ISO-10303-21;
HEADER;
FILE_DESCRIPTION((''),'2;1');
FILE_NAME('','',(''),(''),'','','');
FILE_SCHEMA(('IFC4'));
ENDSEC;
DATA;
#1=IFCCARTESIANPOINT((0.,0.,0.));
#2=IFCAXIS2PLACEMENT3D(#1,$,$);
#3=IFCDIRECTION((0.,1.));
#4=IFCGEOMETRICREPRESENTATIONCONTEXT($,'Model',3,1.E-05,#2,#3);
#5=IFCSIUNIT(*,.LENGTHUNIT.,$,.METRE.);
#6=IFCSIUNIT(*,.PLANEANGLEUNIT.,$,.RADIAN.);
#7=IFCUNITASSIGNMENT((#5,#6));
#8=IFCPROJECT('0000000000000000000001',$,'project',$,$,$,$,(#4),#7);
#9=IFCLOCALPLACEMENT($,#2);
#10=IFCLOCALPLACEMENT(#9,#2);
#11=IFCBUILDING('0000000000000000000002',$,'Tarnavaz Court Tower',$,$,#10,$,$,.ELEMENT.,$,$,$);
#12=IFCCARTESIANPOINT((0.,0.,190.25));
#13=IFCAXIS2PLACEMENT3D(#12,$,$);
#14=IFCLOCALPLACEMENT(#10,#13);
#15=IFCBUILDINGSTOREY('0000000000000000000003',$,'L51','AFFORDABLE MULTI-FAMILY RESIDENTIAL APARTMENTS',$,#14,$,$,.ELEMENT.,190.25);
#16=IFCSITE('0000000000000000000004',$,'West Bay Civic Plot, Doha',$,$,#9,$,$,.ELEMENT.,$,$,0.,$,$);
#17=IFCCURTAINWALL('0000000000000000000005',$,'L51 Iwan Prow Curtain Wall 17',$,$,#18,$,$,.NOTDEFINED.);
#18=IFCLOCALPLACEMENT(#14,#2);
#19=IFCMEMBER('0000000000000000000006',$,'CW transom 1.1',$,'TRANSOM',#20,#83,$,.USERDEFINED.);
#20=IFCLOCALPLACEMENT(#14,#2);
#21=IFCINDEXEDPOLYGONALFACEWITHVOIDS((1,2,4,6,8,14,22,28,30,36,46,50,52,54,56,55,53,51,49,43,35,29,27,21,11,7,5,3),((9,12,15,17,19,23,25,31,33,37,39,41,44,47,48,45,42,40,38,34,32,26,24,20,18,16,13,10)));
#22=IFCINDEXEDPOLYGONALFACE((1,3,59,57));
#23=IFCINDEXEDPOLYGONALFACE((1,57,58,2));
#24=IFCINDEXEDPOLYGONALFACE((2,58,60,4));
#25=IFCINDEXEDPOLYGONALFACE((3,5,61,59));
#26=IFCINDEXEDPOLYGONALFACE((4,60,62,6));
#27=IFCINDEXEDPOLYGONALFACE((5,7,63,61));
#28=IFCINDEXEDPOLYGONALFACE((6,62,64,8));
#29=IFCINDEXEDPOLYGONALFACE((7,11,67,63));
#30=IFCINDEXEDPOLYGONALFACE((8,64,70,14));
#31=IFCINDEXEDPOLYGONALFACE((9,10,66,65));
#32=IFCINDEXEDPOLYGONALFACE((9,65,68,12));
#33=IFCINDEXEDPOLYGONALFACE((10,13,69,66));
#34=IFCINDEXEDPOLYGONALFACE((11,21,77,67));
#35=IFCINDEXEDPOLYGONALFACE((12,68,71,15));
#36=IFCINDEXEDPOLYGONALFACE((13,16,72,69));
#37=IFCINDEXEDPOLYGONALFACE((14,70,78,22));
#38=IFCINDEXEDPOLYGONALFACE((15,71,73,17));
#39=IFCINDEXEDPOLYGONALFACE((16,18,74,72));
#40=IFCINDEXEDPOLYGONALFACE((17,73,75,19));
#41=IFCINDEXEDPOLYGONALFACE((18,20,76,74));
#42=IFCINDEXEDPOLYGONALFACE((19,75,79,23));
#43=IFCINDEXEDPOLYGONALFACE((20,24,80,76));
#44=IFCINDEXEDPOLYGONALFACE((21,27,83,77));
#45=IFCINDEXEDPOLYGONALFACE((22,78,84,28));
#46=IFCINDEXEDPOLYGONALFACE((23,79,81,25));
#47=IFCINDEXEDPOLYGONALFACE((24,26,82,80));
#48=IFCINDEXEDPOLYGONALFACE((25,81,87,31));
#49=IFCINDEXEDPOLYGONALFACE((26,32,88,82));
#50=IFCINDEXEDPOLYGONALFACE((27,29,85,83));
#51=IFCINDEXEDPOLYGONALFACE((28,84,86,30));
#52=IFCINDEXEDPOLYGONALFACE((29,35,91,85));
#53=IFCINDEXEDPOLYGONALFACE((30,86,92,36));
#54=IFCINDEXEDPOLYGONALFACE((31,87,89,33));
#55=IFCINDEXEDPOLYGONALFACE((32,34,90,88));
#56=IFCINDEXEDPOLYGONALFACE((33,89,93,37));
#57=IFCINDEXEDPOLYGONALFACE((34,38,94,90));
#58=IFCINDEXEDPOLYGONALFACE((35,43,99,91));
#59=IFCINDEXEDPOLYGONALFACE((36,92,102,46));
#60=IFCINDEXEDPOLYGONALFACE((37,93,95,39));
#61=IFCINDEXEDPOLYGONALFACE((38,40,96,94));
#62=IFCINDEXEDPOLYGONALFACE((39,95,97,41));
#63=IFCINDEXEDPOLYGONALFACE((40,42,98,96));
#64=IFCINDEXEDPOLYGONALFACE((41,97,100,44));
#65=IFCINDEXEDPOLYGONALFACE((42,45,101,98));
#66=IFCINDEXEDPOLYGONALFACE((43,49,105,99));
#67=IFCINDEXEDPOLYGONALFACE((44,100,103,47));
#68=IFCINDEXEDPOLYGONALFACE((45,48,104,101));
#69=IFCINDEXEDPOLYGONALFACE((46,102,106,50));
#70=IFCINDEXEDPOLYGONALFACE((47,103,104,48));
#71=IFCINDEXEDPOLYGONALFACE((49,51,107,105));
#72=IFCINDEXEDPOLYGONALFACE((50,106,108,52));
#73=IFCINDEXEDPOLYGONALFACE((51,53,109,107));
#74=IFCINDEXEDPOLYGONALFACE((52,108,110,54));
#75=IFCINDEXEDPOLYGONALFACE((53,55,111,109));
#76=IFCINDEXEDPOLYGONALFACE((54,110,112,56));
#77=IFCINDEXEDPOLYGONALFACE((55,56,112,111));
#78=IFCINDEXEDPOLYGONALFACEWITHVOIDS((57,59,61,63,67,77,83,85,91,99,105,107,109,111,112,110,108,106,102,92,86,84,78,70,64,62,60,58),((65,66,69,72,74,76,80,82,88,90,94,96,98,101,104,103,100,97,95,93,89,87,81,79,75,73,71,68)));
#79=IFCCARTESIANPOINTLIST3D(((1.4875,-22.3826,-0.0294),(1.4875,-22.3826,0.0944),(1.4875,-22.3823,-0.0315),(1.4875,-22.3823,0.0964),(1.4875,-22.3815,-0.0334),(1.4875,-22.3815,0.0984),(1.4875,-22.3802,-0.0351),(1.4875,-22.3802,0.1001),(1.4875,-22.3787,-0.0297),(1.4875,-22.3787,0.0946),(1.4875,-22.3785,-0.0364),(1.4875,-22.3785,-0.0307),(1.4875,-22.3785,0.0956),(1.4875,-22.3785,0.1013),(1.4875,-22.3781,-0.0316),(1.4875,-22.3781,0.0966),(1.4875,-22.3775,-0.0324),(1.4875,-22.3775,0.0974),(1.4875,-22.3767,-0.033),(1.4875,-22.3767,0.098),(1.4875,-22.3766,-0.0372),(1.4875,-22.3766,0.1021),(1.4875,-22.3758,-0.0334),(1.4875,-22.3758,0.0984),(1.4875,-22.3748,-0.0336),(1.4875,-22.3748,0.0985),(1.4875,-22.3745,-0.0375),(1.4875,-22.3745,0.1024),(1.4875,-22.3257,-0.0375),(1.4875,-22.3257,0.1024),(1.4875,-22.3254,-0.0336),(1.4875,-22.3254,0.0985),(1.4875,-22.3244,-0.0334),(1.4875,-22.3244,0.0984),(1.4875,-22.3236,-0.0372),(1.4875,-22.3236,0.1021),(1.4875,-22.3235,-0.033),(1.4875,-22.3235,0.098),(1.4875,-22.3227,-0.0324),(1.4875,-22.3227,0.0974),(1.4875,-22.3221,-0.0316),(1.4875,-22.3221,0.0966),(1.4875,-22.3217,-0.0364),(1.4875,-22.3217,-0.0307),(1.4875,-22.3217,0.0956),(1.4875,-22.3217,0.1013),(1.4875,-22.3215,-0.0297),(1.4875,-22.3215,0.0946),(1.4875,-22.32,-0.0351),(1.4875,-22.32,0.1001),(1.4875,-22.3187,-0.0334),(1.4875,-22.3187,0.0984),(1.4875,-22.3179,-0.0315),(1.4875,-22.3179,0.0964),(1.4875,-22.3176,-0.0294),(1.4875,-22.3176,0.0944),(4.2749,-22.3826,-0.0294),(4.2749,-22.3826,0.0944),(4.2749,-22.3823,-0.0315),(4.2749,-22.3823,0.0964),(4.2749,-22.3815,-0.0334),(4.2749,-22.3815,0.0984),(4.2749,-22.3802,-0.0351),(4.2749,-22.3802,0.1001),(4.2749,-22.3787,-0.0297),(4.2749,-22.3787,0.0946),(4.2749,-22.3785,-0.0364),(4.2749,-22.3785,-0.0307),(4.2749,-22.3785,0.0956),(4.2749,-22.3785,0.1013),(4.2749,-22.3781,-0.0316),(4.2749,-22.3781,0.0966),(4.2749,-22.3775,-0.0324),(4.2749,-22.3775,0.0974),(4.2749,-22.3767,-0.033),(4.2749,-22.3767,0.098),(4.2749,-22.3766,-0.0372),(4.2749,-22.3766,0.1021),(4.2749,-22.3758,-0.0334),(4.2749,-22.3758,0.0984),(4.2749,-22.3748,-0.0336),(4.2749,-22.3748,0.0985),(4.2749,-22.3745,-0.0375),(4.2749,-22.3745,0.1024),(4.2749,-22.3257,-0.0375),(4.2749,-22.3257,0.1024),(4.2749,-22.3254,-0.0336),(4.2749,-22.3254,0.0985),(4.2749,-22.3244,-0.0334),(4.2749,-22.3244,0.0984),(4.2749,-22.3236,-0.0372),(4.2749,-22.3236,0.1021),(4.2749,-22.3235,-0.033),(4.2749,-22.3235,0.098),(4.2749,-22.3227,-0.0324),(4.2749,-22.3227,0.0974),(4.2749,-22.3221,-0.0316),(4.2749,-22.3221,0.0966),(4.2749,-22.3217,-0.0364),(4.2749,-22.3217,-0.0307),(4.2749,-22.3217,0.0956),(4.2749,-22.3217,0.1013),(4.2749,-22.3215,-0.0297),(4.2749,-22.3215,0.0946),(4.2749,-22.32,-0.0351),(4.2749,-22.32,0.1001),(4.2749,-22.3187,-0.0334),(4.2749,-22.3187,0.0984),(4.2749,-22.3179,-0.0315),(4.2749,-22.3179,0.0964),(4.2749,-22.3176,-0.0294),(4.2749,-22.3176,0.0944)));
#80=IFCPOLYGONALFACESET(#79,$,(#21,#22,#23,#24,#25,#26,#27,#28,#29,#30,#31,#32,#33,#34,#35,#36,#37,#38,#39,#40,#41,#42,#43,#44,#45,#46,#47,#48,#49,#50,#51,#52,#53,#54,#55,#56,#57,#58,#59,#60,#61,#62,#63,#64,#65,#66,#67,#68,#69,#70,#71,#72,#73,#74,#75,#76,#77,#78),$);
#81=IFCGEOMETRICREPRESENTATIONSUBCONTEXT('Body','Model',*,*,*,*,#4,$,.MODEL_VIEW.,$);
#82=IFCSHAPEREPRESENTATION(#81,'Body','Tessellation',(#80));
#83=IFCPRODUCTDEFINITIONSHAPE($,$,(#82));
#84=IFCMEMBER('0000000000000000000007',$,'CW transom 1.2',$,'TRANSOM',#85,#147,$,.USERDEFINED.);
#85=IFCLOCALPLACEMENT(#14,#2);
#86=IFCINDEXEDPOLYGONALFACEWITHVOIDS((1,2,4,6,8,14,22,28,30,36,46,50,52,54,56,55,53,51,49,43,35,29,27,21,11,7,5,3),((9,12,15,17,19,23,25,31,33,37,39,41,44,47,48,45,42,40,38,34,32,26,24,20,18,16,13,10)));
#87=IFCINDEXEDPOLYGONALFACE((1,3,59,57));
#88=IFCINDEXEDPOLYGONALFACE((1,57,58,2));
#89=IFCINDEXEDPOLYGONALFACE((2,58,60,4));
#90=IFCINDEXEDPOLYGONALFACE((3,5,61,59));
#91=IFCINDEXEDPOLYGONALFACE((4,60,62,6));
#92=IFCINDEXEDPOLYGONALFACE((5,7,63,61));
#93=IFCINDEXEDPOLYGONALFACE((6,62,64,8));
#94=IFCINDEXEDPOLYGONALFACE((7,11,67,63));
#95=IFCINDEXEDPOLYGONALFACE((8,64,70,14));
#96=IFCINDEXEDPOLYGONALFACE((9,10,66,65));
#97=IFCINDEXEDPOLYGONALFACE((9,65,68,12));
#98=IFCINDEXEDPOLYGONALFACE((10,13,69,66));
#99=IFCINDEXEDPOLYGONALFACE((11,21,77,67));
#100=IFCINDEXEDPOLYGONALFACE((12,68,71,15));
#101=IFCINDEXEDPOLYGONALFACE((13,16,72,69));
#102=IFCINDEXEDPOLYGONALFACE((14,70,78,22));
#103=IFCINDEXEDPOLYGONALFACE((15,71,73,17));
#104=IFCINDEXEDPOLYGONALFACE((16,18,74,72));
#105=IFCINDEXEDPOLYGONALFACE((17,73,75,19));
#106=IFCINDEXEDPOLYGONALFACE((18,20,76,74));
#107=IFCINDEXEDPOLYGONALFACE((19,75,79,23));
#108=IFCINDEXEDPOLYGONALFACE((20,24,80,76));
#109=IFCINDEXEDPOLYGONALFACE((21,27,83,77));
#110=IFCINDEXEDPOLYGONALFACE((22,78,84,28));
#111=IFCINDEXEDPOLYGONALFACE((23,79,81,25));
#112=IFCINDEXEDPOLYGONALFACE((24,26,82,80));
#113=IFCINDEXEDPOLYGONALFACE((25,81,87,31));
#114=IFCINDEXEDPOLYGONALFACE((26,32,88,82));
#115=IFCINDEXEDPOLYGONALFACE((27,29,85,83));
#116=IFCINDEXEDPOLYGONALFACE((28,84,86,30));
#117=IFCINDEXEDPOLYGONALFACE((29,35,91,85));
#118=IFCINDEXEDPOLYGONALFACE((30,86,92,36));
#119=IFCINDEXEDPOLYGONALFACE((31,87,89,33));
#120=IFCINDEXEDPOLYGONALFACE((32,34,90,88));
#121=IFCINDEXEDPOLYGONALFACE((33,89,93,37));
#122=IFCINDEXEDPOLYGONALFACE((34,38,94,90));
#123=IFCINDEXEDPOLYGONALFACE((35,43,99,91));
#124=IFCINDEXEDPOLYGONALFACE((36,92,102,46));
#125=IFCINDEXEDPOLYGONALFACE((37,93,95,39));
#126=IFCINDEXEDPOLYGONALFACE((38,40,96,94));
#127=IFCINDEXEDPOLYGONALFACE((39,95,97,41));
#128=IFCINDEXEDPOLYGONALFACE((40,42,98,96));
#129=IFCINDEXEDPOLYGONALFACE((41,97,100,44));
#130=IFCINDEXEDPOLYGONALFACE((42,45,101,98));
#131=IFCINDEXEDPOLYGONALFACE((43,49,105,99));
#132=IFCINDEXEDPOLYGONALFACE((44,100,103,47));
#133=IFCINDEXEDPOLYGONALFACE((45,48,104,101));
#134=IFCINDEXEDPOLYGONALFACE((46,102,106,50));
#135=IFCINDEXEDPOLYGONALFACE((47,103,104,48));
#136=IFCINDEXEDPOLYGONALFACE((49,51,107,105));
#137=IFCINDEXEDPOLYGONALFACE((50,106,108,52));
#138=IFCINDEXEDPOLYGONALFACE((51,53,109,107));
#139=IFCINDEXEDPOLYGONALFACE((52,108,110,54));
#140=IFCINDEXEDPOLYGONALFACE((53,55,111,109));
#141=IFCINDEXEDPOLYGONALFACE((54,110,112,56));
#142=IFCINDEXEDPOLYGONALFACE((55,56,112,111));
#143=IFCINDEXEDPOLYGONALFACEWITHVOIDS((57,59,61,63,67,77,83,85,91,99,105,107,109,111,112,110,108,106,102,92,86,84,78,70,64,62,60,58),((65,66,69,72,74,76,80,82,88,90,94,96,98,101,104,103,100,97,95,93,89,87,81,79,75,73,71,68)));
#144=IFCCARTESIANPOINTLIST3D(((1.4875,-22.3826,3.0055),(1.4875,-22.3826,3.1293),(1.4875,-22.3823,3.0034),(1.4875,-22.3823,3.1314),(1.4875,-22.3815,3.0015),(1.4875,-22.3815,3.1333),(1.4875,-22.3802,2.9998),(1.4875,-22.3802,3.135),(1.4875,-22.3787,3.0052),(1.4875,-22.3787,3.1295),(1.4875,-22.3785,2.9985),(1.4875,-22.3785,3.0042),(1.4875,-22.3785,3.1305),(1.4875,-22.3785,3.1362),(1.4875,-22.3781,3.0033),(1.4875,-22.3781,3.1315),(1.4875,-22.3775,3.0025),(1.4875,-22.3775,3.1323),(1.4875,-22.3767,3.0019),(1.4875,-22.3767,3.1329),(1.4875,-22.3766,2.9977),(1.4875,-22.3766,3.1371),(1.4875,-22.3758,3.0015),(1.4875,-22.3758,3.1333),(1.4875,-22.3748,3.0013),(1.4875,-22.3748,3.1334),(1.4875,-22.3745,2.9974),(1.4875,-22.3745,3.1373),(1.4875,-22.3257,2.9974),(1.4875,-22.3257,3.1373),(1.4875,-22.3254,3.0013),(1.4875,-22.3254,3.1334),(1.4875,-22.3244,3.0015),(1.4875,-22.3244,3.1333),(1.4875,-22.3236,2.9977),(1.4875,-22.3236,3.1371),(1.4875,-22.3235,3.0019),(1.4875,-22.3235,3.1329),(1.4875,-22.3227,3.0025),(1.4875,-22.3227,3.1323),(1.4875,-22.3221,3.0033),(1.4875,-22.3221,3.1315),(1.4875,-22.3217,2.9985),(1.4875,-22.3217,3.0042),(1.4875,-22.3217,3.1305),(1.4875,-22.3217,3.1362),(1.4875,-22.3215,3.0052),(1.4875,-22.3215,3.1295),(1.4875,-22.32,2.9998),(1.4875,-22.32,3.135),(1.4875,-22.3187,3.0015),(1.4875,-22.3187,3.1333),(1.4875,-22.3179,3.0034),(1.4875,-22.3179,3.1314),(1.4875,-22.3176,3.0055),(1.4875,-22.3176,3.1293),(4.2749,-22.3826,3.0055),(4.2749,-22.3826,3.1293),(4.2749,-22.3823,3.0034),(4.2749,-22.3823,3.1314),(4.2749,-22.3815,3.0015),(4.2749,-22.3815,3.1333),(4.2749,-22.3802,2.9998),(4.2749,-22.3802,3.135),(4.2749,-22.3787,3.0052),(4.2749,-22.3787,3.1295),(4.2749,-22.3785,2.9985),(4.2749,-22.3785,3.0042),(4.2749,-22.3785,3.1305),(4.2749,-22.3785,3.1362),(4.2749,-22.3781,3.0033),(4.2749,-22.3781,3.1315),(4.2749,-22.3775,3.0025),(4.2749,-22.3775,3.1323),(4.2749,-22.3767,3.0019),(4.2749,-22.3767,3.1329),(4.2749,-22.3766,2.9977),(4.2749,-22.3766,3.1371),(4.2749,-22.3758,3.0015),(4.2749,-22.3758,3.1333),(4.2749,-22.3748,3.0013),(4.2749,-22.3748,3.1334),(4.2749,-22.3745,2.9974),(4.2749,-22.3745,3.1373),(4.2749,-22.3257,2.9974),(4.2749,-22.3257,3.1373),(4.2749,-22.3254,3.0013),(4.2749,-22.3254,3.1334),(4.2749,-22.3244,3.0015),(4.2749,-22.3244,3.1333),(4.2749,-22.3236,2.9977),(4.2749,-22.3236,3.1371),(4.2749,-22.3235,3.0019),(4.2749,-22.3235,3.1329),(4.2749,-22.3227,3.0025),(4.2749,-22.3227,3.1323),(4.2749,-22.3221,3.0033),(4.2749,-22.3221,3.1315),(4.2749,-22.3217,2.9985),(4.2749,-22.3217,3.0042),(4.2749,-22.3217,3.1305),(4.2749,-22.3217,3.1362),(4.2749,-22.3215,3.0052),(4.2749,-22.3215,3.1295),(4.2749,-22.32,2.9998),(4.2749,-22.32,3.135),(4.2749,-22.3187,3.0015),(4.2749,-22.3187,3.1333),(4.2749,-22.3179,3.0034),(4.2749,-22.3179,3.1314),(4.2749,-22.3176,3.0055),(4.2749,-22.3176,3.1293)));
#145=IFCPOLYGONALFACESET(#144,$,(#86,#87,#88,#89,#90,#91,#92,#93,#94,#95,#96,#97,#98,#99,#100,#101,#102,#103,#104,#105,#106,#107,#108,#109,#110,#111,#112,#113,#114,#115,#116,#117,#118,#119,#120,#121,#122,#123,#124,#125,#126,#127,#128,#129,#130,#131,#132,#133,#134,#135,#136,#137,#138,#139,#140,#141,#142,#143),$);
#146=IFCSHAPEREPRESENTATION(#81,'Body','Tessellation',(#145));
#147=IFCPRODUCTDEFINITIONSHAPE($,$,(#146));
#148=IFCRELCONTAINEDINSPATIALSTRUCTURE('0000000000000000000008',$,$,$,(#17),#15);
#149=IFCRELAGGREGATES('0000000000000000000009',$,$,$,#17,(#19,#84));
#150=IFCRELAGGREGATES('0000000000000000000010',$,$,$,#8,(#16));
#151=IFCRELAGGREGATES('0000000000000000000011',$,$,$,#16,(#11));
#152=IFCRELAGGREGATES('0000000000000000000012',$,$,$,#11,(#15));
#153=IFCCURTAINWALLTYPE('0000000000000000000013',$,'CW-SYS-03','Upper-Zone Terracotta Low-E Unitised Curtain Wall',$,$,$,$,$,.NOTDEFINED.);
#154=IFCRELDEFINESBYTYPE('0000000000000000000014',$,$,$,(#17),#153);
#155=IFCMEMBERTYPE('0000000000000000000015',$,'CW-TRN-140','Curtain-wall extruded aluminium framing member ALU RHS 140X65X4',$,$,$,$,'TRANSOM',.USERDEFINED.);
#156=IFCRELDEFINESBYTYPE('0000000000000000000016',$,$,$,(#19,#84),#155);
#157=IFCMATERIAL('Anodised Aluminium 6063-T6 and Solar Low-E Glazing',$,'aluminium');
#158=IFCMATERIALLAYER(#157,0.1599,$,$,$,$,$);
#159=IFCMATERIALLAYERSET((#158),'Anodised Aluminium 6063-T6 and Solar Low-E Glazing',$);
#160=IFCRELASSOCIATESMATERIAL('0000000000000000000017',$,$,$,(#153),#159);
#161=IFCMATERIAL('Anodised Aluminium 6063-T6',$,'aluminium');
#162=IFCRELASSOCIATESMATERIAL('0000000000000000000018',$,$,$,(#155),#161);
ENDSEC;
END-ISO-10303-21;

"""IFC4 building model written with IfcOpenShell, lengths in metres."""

from ifc_helpers import new_model, si_unit, direction, frame, origin, origin_2d, place, context, subcontext, project, spatial, hollow_rectangle, extrude, material, layer, layer_set, material_profile, profile_set, type_object, element, aggregate, save


model = new_model("IFC4")

# Units and contexts
model_context = context("Model", 3, precision=1e-05, world=origin(), true_north=direction((0.0, 1.0)))
body_context = subcontext(model_context, "Body", "Model", "MODEL_VIEW")
ifc_project = project(units=[si_unit("LENGTHUNIT", "METRE"), si_unit("PLANEANGLEUNIT", "RADIAN")], contexts=[model_context])

# Site, building, storey
site_placement = place(None, origin())
site = spatial("IfcSite", under=ifc_project, at=site_placement, Name="West Bay Civic Plot, Doha", CompositionType="ELEMENT", RefElevation=0.0)
building_placement = place(site_placement, origin())
building = spatial("IfcBuilding", under=site, at=building_placement, Name="Tarnavaz Court Tower", CompositionType="ELEMENT")
storey_placement = place(building_placement, frame((0.0, 0.0, 190.25)))
storey = spatial("IfcBuildingStorey", under=building, at=storey_placement, Name="L51", Description="AFFORDABLE MULTI-FAMILY RESIDENTIAL APARTMENTS", CompositionType="ELEMENT", Elevation=190.25)

# Curtain wall, members
ifc_material_1 = material(Name="Anodised Aluminium 6063-T6 and Solar Low-E Glazing", Category="aluminium")
ifc_layer_1 = layer(ifc_material_1, 0.1599)
ifc_layer_set_1 = layer_set([ifc_layer_1], Name="Anodised Aluminium 6063-T6 and Solar Low-E Glazing")
curtain_wall_type = type_object("IfcCurtainWallType", Name="CW-SYS-03", Description="Upper-Zone Terracotta Low-E Unitised Curtain Wall", PredefinedType="NOTDEFINED", material=ifc_layer_set_1)
curtain_wall_placement = place(storey_placement, origin())
curtain_wall = element("IfcCurtainWall", 1, at=curtain_wall_placement, inside=storey, type_object=curtain_wall_type, Name="L51 Iwan Prow Curtain Wall 17", PredefinedType="NOTDEFINED")
ifc_material_2 = material(Name="Anodised Aluminium 6063-T6", Category="aluminium")
ifc_material_profile_1 = material_profile(ifc_material_2, hollow_rectangle(XDim=0.0649, YDim=0.1399, WallThickness=0.0039, InnerFilletRadius=0.0039, OuterFilletRadius=0.0081, at=origin_2d()), Name="ALU RHS 140X65X4")
ifc_profile_set_1 = profile_set([ifc_material_profile_1], Name="Anodised Aluminium 6063-T6")
member_type_1 = type_object("IfcMemberType", Name="CW-TRN-140", Description="Curtain-wall extruded aluminium framing member ALU RHS 140X65X4", ElementType="TRANSOM", PredefinedType="USERDEFINED", material=ifc_profile_set_1)
member_1_placement = place(storey_placement, frame((4.2749, -22.3501, 0.0325), z_axis=(-1.0, 0.0, 0.0), x_axis=(0.0, -1.0, 0.0)))
member_1 = element("IfcMember", 2, at=member_1_placement, type_object=member_type_1, Name="CW transom 1.1", ObjectType="TRANSOM", PredefinedType="USERDEFINED", context=body_context, shape_type="SweptSolid", body=[
    extrude(hollow_rectangle(XDim=0.0649, YDim=0.1399, WallThickness=0.0039, InnerFilletRadius=0.0039, OuterFilletRadius=0.0081, at=origin_2d()), origin(), (0.0, 0.0, 1.0), 2.7874),
])
member_2_placement = place(storey_placement, frame((4.2749, -22.3501, 3.0674), z_axis=(-1.0, 0.0, 0.0), x_axis=(0.0, -1.0, 0.0)))
member_2 = element("IfcMember", 3, at=member_2_placement, type_object=member_type_1, Name="CW transom 1.2", ObjectType="TRANSOM", PredefinedType="USERDEFINED", context=body_context, shape_type="SweptSolid", body=[
    extrude(hollow_rectangle(XDim=0.0649, YDim=0.1399, WallThickness=0.0039, InnerFilletRadius=0.0039, OuterFilletRadius=0.0081, at=origin_2d()), origin(), (0.0, 0.0, 1.0), 2.7874),
])
aggregate(curtain_wall, [member_1, member_2])

save(model, "model.ifc")
